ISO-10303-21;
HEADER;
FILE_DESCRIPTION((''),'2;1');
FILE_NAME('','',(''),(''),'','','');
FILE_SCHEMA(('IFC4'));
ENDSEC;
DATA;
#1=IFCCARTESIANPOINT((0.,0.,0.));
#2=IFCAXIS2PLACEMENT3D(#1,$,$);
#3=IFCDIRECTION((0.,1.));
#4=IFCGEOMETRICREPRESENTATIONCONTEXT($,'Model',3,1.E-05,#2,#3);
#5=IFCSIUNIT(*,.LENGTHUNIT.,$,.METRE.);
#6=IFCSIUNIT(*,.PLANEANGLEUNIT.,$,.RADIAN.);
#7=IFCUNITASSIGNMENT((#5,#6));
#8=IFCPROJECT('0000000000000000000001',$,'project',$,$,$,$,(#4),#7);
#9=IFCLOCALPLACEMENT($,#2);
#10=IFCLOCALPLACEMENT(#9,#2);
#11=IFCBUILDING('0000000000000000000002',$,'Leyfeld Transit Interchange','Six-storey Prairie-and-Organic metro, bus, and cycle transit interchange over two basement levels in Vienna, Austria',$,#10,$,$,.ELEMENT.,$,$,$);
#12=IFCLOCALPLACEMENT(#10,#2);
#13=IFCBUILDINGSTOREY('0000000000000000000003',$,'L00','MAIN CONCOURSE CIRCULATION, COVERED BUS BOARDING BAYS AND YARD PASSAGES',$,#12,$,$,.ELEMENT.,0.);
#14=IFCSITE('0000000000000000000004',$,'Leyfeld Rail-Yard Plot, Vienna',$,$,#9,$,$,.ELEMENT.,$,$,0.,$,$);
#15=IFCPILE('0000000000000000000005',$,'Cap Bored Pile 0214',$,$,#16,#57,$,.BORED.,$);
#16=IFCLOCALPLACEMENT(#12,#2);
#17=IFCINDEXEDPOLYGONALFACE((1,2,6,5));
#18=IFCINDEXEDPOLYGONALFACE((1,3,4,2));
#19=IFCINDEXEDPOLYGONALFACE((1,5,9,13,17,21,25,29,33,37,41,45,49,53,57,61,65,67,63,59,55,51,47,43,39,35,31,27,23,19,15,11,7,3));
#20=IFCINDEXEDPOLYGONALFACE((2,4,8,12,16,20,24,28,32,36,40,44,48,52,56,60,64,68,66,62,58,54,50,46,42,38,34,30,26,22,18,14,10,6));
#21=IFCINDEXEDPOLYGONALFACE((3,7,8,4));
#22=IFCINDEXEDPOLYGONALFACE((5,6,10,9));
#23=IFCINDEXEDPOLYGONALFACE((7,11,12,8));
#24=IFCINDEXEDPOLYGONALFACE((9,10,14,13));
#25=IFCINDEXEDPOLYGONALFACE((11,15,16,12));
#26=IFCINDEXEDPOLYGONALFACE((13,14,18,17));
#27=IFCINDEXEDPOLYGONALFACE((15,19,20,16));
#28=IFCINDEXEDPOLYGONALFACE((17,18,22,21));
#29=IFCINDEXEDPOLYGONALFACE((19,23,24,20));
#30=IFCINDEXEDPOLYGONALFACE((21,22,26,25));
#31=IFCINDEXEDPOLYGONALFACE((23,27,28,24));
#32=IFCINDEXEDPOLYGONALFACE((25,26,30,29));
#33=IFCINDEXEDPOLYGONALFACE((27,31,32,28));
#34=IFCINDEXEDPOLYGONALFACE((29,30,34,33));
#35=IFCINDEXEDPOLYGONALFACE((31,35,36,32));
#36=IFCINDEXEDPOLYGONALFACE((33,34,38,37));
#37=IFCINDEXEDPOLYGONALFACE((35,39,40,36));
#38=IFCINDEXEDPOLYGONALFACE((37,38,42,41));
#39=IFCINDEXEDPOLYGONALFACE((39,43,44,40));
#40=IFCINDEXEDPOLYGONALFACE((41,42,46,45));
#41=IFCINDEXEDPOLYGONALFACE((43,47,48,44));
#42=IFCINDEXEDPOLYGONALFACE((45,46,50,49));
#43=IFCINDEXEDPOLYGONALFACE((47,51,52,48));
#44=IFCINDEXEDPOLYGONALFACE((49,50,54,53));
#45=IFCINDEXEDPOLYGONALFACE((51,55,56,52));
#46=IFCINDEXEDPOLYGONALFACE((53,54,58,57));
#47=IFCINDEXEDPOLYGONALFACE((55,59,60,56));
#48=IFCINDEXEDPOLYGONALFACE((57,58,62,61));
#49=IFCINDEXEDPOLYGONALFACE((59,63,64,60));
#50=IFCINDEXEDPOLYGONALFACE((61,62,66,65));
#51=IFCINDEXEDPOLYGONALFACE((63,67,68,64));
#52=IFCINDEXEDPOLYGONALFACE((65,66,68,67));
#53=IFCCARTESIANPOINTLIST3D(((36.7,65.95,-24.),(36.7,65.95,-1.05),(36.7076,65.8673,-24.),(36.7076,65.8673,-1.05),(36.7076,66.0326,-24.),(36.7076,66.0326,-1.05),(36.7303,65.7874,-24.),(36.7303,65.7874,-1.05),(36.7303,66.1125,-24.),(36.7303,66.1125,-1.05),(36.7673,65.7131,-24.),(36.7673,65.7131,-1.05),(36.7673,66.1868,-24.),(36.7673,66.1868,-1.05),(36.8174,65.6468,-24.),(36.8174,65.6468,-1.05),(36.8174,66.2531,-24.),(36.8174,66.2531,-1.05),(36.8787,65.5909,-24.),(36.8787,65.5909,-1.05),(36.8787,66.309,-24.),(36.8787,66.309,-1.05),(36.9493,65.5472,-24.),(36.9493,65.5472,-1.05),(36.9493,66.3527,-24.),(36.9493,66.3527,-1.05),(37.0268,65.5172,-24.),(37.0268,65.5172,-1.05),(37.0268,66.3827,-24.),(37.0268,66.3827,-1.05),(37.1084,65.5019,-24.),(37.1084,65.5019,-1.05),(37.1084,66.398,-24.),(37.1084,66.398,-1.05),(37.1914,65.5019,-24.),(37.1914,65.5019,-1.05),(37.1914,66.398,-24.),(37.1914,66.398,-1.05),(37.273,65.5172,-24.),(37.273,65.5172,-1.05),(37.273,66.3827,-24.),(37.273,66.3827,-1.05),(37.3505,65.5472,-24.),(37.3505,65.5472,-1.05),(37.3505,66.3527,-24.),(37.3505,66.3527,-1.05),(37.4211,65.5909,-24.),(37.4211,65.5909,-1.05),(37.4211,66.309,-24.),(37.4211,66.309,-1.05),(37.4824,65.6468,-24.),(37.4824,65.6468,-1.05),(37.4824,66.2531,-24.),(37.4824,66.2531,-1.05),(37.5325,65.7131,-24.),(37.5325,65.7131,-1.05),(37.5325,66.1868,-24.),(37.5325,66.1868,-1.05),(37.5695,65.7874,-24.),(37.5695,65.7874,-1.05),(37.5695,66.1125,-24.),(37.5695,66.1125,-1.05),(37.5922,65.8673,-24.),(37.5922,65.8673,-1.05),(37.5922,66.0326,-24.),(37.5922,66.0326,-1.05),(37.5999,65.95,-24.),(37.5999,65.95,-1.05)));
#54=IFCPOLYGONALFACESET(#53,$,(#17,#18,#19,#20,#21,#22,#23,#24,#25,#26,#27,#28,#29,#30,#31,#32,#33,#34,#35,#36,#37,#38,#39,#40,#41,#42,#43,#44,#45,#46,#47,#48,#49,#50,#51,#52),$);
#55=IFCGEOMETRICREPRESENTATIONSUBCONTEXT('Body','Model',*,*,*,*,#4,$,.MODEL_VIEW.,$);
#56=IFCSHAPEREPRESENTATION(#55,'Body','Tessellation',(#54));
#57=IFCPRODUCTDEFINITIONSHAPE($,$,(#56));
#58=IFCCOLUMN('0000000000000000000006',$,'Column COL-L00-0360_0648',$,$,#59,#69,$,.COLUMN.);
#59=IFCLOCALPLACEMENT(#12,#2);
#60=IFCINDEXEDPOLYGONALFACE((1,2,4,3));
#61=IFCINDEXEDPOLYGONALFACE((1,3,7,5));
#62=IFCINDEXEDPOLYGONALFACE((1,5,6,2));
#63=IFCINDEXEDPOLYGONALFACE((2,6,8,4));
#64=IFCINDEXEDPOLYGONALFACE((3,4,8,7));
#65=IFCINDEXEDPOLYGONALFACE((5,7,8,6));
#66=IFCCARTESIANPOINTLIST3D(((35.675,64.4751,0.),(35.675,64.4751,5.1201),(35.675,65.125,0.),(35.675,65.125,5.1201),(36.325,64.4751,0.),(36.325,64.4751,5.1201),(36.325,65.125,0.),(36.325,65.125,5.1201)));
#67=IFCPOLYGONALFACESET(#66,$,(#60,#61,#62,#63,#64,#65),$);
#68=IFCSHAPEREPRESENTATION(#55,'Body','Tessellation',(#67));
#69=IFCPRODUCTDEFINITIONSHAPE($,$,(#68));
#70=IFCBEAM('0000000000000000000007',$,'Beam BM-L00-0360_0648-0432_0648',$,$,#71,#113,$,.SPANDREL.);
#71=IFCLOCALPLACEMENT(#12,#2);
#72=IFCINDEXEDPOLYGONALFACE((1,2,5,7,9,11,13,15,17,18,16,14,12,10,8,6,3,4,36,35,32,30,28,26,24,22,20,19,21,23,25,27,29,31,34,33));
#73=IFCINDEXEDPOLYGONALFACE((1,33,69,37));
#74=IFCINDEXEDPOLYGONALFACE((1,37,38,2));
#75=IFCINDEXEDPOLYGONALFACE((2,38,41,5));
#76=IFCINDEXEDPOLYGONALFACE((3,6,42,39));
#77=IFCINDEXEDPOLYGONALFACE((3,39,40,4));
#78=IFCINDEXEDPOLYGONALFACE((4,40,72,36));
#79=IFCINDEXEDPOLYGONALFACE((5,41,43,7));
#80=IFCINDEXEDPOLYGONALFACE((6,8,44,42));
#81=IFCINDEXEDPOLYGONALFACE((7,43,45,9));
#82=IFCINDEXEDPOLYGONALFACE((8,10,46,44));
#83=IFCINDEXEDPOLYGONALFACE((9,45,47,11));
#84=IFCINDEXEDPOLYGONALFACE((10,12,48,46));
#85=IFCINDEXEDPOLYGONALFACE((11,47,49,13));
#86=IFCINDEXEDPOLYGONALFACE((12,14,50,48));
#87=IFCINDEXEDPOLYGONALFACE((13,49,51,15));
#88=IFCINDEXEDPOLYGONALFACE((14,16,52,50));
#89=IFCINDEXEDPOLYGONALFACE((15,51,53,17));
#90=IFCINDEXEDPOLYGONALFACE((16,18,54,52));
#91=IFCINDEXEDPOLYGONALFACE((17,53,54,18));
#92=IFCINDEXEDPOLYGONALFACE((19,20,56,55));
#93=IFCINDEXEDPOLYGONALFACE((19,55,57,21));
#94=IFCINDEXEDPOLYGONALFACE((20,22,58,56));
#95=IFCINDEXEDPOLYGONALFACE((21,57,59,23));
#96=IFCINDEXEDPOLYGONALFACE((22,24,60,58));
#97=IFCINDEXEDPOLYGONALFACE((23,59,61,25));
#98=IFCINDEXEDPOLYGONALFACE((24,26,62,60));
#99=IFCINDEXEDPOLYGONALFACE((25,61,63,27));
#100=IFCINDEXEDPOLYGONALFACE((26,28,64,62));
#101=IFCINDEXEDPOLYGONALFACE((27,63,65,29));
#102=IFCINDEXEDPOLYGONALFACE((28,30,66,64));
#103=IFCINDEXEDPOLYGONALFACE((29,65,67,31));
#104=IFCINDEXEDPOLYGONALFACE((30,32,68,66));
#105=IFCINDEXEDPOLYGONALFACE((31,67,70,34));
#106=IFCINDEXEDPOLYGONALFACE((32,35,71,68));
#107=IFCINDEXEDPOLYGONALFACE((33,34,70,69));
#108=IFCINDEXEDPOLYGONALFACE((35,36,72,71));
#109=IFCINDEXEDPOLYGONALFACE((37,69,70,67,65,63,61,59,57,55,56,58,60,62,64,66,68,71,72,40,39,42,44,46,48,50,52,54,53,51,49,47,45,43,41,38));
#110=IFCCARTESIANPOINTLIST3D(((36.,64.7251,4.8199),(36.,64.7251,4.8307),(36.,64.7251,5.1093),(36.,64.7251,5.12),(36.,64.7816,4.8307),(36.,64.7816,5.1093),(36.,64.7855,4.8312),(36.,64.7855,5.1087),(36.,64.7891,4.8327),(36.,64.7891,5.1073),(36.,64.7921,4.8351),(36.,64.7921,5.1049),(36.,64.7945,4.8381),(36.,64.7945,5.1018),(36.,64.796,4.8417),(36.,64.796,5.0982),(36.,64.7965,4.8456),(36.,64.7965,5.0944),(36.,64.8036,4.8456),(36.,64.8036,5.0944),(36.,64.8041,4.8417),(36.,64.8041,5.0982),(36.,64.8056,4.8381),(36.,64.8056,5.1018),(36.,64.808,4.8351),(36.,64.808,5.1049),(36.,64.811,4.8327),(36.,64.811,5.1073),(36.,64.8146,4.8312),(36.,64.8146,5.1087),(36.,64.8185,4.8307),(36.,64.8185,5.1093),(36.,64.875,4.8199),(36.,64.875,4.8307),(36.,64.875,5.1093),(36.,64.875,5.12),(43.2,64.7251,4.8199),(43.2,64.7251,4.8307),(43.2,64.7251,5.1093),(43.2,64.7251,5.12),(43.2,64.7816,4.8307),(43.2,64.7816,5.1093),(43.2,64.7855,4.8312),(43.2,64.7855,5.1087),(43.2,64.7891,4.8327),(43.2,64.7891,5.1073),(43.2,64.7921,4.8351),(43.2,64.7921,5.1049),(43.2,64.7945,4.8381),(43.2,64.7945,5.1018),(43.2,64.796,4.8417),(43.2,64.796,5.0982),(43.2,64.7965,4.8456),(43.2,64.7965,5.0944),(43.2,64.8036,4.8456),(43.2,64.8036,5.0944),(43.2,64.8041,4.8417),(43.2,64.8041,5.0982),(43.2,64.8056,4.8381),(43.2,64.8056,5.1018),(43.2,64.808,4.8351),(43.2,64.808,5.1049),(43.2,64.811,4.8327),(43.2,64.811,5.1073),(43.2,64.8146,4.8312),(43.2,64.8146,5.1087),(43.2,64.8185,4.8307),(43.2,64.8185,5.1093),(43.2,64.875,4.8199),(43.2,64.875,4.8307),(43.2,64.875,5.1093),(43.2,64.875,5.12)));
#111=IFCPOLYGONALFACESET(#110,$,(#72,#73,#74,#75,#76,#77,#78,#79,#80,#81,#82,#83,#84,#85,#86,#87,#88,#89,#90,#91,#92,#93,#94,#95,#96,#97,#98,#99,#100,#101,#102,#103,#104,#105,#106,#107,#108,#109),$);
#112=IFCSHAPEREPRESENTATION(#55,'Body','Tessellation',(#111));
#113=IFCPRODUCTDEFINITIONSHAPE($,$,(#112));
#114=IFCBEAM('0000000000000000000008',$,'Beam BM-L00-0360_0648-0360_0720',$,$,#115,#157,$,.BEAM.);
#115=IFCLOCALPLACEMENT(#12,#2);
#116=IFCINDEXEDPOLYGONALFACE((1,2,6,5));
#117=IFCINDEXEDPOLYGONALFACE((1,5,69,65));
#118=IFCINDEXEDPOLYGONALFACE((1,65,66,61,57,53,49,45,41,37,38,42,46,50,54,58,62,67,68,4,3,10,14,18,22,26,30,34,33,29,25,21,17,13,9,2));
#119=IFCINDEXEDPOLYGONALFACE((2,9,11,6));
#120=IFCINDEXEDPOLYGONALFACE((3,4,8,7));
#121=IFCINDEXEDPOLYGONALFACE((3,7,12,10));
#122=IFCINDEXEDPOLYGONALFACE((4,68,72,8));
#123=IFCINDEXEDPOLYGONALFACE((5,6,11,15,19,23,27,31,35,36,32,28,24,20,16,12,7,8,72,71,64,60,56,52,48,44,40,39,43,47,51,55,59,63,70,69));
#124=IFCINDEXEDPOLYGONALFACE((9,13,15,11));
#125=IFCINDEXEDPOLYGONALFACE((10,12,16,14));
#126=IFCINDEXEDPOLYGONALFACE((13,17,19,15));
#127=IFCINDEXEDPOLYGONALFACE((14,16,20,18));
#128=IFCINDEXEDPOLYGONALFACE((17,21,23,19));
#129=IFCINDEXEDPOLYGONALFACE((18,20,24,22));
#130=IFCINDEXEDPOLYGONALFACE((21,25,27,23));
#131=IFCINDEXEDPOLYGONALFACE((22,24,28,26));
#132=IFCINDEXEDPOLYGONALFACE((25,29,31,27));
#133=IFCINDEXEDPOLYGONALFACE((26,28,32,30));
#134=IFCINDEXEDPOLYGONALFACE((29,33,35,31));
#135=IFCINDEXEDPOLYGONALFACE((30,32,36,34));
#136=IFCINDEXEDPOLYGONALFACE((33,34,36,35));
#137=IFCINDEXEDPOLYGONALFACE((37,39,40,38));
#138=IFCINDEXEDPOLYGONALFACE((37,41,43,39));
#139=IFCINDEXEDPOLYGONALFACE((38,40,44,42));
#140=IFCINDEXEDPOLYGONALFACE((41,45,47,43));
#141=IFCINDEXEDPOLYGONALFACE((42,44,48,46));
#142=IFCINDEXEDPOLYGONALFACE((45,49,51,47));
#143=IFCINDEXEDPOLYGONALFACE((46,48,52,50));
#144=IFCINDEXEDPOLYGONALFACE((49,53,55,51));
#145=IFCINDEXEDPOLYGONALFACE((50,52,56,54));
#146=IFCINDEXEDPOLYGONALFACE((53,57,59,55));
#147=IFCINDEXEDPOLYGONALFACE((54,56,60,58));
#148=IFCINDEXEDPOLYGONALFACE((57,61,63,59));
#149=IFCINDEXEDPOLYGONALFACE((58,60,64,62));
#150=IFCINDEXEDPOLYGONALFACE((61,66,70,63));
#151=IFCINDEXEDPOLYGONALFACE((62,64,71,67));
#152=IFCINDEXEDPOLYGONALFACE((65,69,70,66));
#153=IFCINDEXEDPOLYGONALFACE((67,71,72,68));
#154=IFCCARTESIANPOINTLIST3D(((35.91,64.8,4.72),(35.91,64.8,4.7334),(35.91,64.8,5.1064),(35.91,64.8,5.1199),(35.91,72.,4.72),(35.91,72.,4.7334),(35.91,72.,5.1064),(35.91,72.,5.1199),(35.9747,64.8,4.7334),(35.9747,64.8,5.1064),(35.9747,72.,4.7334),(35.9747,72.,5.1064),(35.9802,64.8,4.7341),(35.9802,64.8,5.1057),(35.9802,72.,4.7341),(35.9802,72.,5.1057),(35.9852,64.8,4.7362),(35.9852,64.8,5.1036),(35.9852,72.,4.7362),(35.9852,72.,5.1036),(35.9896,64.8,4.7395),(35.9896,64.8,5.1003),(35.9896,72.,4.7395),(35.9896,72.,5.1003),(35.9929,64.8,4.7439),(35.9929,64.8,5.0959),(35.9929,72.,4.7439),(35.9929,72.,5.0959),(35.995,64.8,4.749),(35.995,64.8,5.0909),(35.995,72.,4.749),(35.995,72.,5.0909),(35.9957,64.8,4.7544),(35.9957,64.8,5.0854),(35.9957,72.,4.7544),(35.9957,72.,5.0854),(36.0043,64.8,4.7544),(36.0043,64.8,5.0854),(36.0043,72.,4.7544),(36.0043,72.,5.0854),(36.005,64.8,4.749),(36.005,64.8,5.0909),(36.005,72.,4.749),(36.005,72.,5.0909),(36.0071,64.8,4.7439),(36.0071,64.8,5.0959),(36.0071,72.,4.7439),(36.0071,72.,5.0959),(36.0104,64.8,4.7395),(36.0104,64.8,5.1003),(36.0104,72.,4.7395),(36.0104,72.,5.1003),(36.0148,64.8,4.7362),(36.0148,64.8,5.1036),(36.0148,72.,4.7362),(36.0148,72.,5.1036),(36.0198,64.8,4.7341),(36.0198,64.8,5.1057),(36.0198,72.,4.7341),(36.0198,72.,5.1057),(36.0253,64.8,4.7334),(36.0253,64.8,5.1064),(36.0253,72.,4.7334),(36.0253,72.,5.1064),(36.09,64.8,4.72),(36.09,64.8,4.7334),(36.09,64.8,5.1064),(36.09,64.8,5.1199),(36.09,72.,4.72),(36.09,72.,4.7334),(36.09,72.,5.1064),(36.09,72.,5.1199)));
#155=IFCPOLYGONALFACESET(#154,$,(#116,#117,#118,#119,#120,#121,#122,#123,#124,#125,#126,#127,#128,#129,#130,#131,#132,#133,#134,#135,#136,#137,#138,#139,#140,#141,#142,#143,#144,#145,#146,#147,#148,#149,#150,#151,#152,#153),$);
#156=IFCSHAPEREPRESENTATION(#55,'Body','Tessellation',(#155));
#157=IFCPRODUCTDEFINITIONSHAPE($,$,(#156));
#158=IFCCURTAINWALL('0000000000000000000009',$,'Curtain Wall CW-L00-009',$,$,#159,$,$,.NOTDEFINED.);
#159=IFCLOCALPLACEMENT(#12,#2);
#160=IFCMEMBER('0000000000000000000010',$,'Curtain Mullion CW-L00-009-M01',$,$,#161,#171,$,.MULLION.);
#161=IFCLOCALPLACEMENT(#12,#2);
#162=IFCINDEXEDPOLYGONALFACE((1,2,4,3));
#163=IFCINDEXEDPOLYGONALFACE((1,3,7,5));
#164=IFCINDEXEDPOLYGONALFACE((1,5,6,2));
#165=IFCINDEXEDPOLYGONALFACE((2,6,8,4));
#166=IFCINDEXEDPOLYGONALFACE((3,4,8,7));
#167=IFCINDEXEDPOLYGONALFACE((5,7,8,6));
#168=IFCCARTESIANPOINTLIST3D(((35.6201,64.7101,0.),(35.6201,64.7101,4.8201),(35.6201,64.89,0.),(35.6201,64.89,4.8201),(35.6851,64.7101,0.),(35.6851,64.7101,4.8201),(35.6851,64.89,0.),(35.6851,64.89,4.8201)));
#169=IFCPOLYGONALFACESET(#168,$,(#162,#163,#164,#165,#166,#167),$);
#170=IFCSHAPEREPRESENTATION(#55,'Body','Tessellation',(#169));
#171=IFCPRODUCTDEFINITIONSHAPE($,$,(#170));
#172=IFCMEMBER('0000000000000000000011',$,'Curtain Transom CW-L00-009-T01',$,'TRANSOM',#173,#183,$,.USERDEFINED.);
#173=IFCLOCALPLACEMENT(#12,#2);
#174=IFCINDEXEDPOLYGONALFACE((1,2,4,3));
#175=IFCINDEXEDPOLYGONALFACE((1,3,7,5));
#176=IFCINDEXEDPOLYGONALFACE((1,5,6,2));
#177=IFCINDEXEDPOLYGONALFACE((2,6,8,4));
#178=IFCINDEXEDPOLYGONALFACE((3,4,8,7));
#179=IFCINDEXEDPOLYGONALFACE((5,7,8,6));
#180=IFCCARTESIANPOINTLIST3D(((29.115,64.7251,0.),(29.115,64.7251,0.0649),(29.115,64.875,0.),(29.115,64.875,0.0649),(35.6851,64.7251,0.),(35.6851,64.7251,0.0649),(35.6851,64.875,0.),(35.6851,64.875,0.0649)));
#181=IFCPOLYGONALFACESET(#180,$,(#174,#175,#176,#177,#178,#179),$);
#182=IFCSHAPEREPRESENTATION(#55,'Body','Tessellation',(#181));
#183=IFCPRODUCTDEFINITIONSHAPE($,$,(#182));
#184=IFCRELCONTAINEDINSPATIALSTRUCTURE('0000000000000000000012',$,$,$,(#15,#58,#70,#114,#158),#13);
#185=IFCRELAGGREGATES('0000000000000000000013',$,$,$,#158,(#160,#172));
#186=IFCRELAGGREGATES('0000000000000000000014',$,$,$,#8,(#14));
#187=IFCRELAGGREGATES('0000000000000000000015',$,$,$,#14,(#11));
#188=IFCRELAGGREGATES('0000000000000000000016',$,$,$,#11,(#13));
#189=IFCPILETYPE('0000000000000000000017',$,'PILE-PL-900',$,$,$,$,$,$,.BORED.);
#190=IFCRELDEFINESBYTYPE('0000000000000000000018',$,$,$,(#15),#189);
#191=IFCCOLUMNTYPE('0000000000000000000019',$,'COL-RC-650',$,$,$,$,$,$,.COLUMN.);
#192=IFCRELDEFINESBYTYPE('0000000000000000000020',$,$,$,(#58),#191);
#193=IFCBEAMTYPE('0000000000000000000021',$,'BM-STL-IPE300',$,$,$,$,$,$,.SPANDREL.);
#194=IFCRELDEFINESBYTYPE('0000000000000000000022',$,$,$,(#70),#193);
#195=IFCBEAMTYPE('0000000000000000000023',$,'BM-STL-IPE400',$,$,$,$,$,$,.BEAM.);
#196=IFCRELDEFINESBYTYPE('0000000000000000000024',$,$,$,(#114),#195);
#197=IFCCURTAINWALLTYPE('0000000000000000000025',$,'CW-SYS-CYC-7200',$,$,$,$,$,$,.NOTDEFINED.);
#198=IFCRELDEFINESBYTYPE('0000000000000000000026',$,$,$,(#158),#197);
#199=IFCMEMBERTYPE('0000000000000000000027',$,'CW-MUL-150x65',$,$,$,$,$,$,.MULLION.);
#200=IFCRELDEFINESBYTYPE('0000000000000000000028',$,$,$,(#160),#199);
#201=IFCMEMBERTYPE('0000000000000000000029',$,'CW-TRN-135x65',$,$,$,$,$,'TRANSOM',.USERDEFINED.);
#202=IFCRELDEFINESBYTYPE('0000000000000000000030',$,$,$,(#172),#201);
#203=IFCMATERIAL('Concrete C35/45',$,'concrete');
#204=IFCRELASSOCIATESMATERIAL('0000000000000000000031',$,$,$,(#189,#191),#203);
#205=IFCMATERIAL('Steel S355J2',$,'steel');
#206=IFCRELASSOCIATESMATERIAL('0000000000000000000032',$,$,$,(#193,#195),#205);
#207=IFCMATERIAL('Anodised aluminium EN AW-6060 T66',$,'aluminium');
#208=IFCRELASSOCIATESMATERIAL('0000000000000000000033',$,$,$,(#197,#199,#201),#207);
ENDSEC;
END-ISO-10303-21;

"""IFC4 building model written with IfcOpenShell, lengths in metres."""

from ifc_helpers import new_model, si_unit, direction, frame, origin, origin_2d, place, context, subcontext, project, spatial, rectangle, circle, i_section, extrude, material, material_profile, profile_set, type_object, element, aggregate, save


model = new_model("IFC4")

# Units and contexts
model_context = context("Model", 3, precision=1e-05, world=origin(), true_north=direction((0.0, 1.0)))
body_context = subcontext(model_context, "Body", "Model", "MODEL_VIEW")
ifc_project = project(units=[si_unit("LENGTHUNIT", "METRE"), si_unit("PLANEANGLEUNIT", "RADIAN")], contexts=[model_context])

# Site, building, storey
site_placement = place(None, origin())
site = spatial("IfcSite", under=ifc_project, at=site_placement, Name="Leyfeld Rail-Yard Plot, Vienna", CompositionType="ELEMENT", RefElevation=0.0)
building_placement = place(site_placement, origin())
building = spatial("IfcBuilding", under=site, at=building_placement, Name="Leyfeld Transit Interchange", Description="Six-storey Prairie-and-Organic metro, bus, and cycle transit interchange over two basement levels in Vienna, Austria", CompositionType="ELEMENT")
storey_placement = place(building_placement, origin())
storey = spatial("IfcBuildingStorey", under=building, at=storey_placement, Name="L00", Description="MAIN CONCOURSE CIRCULATION, COVERED BUS BOARDING BAYS AND YARD PASSAGES", CompositionType="ELEMENT", Elevation=0.0)

# Shared definitions
ifc_material_1 = material(Name="Concrete C35/45", Category="concrete")

# Pile
ifc_material_profile_1 = material_profile(ifc_material_1, circle(Radius=0.45, at=origin_2d()), Name="PILE D900")
ifc_profile_set_1 = profile_set([ifc_material_profile_1], Name="Concrete C35/45")
pile_type = type_object("IfcPileType", Name="PILE-PL-900", PredefinedType="BORED", material=ifc_profile_set_1)
for number, where, z_axis, x_axis, name in (
    (1, (37.1499, 65.95, -1.05), (0.0, 0.0, -1.0), (1.0, 0.0, 0.0), "Cap Bored Pile 0214"),
):
    element("IfcPile", number, at=place(storey_placement, frame(where, z_axis=z_axis, x_axis=x_axis)), inside=storey, type_object=pile_type, Name=name, PredefinedType="BORED", context=body_context, shape_type="SweptSolid", body=[
        extrude(circle(Radius=0.45, at=origin_2d()), origin(), (0.0, 0.0, 1.0), 22.95),
    ])

# Column
ifc_material_profile_2 = material_profile(ifc_material_1, rectangle(XDim=0.6499, YDim=0.6499, at=origin_2d()), Name="RC 650x650")
ifc_profile_set_2 = profile_set([ifc_material_profile_2], Name="Concrete C35/45")
column_type = type_object("IfcColumnType", Name="COL-RC-650", PredefinedType="COLUMN", material=ifc_profile_set_2)
column_placement = place(storey_placement, frame((36.0, 64.8, 0.0), z_axis=(0.0, 0.0, 1.0), x_axis=(1.0, 0.0, 0.0)))
element("IfcColumn", 2, at=column_placement, inside=storey, type_object=column_type, Name="Column COL-L00-0360_0648", PredefinedType="COLUMN", context=body_context, shape_type="SweptSolid", body=[
    extrude(rectangle(XDim=0.6499, YDim=0.6499, at=origin_2d()), origin(), (0.0, 0.0, 1.0), 5.1201),
])

# Beams
ifc_material_2 = material(Name="Steel S355J2", Category="steel")
ifc_material_profile_3 = material_profile(ifc_material_2, i_section(OverallWidth=0.1499, OverallDepth=0.3, WebThickness=0.0071, FlangeThickness=0.0107, FilletRadius=0.0149, at=origin_2d()), Name="IPE 300")
ifc_profile_set_3 = profile_set([ifc_material_profile_3], Name="Steel S355J2")
beam_type_1 = type_object("IfcBeamType", Name="BM-STL-IPE300", PredefinedType="SPANDREL", material=ifc_profile_set_3)
beam_1_placement = place(storey_placement, frame((36.0, 64.8, 4.97), z_axis=(1.0, 0.0, 0.0), x_axis=(0.0, 1.0, 0.0)))
element("IfcBeam", 3, at=beam_1_placement, inside=storey, type_object=beam_type_1, Name="Beam BM-L00-0360_0648-0432_0648", PredefinedType="SPANDREL", context=body_context, shape_type="SweptSolid", body=[
    extrude(i_section(OverallWidth=0.1499, OverallDepth=0.3, WebThickness=0.0071, FlangeThickness=0.0107, FilletRadius=0.0149, at=origin_2d()), origin(), (0.0, 0.0, 1.0), 7.2),
])
ifc_material_profile_4 = material_profile(ifc_material_2, i_section(OverallWidth=0.1799, OverallDepth=0.3999, WebThickness=0.0085, FlangeThickness=0.0134, FilletRadius=0.021, at=origin_2d()), Name="IPE 400")
ifc_profile_set_4 = profile_set([ifc_material_profile_4], Name="Steel S355J2")
beam_type_2 = type_object("IfcBeamType", Name="BM-STL-IPE400", PredefinedType="BEAM", material=ifc_profile_set_4)
beam_2_placement = place(storey_placement, frame((36.0, 64.8, 4.9199), z_axis=(0.0, 1.0, 0.0), x_axis=(-1.0, 0.0, 0.0)))
element("IfcBeam", 4, at=beam_2_placement, inside=storey, type_object=beam_type_2, Name="Beam BM-L00-0360_0648-0360_0720", PredefinedType="BEAM", context=body_context, shape_type="SweptSolid", body=[
    extrude(i_section(OverallWidth=0.1799, OverallDepth=0.3999, WebThickness=0.0085, FlangeThickness=0.0134, FilletRadius=0.021, at=origin_2d()), origin(), (0.0, 0.0, 1.0), 7.2),
])

# Curtain wall, members
ifc_material_3 = material(Name="Anodised aluminium EN AW-6060 T66", Category="aluminium")
curtain_wall_type = type_object("IfcCurtainWallType", Name="CW-SYS-CYC-7200", PredefinedType="NOTDEFINED", material=ifc_material_3)
curtain_wall_placement = place(storey_placement, origin())
curtain_wall = element("IfcCurtainWall", 5, at=curtain_wall_placement, inside=storey, type_object=curtain_wall_type, Name="Curtain Wall CW-L00-009", PredefinedType="NOTDEFINED")
ifc_material_profile_5 = material_profile(ifc_material_3, rectangle(XDim=0.0649, YDim=0.1799, at=origin_2d()), Name="CW-M 65x180")
ifc_profile_set_5 = profile_set([ifc_material_profile_5], Name="Anodised aluminium EN AW-6060 T66")
member_type_1 = type_object("IfcMemberType", Name="CW-MUL-150x65", PredefinedType="MULLION", material=ifc_profile_set_5)
member_1_placement = place(storey_placement, frame((35.6526, 64.8, 0.0), z_axis=(0.0, 0.0, 1.0), x_axis=(-1.0, 0.0, 0.0)))
member_1 = element("IfcMember", 6, at=member_1_placement, type_object=member_type_1, Name="Curtain Mullion CW-L00-009-M01", PredefinedType="MULLION", context=body_context, shape_type="SweptSolid", body=[
    extrude(rectangle(XDim=0.0649, YDim=0.1799, at=origin_2d()), origin(), (0.0, 0.0, 1.0), 4.8201),
])
ifc_material_profile_6 = material_profile(ifc_material_3, rectangle(XDim=0.1499, YDim=0.0649, at=origin_2d()), Name="CW-TRN-135x65")
ifc_profile_set_6 = profile_set([ifc_material_profile_6], Name="Anodised aluminium EN AW-6060 T66")
member_type_2 = type_object("IfcMemberType", Name="CW-TRN-135x65", ElementType="TRANSOM", PredefinedType="USERDEFINED", material=ifc_profile_set_6)
member_2_placement = place(storey_placement, frame((35.6851, 64.8, 0.0325), z_axis=(-1.0, 0.0, 0.0), x_axis=(0.0, -1.0, 0.0)))
member_2 = element("IfcMember", 7, at=member_2_placement, type_object=member_type_2, Name="Curtain Transom CW-L00-009-T01", ObjectType="TRANSOM", PredefinedType="USERDEFINED", context=body_context, shape_type="SweptSolid", body=[
    extrude(rectangle(XDim=0.1499, YDim=0.0649, at=origin_2d()), origin(), (0.0, 0.0, 1.0), 6.5701),
])

aggregate(curtain_wall, [member_1, member_2])

save(model, "model.ifc")
